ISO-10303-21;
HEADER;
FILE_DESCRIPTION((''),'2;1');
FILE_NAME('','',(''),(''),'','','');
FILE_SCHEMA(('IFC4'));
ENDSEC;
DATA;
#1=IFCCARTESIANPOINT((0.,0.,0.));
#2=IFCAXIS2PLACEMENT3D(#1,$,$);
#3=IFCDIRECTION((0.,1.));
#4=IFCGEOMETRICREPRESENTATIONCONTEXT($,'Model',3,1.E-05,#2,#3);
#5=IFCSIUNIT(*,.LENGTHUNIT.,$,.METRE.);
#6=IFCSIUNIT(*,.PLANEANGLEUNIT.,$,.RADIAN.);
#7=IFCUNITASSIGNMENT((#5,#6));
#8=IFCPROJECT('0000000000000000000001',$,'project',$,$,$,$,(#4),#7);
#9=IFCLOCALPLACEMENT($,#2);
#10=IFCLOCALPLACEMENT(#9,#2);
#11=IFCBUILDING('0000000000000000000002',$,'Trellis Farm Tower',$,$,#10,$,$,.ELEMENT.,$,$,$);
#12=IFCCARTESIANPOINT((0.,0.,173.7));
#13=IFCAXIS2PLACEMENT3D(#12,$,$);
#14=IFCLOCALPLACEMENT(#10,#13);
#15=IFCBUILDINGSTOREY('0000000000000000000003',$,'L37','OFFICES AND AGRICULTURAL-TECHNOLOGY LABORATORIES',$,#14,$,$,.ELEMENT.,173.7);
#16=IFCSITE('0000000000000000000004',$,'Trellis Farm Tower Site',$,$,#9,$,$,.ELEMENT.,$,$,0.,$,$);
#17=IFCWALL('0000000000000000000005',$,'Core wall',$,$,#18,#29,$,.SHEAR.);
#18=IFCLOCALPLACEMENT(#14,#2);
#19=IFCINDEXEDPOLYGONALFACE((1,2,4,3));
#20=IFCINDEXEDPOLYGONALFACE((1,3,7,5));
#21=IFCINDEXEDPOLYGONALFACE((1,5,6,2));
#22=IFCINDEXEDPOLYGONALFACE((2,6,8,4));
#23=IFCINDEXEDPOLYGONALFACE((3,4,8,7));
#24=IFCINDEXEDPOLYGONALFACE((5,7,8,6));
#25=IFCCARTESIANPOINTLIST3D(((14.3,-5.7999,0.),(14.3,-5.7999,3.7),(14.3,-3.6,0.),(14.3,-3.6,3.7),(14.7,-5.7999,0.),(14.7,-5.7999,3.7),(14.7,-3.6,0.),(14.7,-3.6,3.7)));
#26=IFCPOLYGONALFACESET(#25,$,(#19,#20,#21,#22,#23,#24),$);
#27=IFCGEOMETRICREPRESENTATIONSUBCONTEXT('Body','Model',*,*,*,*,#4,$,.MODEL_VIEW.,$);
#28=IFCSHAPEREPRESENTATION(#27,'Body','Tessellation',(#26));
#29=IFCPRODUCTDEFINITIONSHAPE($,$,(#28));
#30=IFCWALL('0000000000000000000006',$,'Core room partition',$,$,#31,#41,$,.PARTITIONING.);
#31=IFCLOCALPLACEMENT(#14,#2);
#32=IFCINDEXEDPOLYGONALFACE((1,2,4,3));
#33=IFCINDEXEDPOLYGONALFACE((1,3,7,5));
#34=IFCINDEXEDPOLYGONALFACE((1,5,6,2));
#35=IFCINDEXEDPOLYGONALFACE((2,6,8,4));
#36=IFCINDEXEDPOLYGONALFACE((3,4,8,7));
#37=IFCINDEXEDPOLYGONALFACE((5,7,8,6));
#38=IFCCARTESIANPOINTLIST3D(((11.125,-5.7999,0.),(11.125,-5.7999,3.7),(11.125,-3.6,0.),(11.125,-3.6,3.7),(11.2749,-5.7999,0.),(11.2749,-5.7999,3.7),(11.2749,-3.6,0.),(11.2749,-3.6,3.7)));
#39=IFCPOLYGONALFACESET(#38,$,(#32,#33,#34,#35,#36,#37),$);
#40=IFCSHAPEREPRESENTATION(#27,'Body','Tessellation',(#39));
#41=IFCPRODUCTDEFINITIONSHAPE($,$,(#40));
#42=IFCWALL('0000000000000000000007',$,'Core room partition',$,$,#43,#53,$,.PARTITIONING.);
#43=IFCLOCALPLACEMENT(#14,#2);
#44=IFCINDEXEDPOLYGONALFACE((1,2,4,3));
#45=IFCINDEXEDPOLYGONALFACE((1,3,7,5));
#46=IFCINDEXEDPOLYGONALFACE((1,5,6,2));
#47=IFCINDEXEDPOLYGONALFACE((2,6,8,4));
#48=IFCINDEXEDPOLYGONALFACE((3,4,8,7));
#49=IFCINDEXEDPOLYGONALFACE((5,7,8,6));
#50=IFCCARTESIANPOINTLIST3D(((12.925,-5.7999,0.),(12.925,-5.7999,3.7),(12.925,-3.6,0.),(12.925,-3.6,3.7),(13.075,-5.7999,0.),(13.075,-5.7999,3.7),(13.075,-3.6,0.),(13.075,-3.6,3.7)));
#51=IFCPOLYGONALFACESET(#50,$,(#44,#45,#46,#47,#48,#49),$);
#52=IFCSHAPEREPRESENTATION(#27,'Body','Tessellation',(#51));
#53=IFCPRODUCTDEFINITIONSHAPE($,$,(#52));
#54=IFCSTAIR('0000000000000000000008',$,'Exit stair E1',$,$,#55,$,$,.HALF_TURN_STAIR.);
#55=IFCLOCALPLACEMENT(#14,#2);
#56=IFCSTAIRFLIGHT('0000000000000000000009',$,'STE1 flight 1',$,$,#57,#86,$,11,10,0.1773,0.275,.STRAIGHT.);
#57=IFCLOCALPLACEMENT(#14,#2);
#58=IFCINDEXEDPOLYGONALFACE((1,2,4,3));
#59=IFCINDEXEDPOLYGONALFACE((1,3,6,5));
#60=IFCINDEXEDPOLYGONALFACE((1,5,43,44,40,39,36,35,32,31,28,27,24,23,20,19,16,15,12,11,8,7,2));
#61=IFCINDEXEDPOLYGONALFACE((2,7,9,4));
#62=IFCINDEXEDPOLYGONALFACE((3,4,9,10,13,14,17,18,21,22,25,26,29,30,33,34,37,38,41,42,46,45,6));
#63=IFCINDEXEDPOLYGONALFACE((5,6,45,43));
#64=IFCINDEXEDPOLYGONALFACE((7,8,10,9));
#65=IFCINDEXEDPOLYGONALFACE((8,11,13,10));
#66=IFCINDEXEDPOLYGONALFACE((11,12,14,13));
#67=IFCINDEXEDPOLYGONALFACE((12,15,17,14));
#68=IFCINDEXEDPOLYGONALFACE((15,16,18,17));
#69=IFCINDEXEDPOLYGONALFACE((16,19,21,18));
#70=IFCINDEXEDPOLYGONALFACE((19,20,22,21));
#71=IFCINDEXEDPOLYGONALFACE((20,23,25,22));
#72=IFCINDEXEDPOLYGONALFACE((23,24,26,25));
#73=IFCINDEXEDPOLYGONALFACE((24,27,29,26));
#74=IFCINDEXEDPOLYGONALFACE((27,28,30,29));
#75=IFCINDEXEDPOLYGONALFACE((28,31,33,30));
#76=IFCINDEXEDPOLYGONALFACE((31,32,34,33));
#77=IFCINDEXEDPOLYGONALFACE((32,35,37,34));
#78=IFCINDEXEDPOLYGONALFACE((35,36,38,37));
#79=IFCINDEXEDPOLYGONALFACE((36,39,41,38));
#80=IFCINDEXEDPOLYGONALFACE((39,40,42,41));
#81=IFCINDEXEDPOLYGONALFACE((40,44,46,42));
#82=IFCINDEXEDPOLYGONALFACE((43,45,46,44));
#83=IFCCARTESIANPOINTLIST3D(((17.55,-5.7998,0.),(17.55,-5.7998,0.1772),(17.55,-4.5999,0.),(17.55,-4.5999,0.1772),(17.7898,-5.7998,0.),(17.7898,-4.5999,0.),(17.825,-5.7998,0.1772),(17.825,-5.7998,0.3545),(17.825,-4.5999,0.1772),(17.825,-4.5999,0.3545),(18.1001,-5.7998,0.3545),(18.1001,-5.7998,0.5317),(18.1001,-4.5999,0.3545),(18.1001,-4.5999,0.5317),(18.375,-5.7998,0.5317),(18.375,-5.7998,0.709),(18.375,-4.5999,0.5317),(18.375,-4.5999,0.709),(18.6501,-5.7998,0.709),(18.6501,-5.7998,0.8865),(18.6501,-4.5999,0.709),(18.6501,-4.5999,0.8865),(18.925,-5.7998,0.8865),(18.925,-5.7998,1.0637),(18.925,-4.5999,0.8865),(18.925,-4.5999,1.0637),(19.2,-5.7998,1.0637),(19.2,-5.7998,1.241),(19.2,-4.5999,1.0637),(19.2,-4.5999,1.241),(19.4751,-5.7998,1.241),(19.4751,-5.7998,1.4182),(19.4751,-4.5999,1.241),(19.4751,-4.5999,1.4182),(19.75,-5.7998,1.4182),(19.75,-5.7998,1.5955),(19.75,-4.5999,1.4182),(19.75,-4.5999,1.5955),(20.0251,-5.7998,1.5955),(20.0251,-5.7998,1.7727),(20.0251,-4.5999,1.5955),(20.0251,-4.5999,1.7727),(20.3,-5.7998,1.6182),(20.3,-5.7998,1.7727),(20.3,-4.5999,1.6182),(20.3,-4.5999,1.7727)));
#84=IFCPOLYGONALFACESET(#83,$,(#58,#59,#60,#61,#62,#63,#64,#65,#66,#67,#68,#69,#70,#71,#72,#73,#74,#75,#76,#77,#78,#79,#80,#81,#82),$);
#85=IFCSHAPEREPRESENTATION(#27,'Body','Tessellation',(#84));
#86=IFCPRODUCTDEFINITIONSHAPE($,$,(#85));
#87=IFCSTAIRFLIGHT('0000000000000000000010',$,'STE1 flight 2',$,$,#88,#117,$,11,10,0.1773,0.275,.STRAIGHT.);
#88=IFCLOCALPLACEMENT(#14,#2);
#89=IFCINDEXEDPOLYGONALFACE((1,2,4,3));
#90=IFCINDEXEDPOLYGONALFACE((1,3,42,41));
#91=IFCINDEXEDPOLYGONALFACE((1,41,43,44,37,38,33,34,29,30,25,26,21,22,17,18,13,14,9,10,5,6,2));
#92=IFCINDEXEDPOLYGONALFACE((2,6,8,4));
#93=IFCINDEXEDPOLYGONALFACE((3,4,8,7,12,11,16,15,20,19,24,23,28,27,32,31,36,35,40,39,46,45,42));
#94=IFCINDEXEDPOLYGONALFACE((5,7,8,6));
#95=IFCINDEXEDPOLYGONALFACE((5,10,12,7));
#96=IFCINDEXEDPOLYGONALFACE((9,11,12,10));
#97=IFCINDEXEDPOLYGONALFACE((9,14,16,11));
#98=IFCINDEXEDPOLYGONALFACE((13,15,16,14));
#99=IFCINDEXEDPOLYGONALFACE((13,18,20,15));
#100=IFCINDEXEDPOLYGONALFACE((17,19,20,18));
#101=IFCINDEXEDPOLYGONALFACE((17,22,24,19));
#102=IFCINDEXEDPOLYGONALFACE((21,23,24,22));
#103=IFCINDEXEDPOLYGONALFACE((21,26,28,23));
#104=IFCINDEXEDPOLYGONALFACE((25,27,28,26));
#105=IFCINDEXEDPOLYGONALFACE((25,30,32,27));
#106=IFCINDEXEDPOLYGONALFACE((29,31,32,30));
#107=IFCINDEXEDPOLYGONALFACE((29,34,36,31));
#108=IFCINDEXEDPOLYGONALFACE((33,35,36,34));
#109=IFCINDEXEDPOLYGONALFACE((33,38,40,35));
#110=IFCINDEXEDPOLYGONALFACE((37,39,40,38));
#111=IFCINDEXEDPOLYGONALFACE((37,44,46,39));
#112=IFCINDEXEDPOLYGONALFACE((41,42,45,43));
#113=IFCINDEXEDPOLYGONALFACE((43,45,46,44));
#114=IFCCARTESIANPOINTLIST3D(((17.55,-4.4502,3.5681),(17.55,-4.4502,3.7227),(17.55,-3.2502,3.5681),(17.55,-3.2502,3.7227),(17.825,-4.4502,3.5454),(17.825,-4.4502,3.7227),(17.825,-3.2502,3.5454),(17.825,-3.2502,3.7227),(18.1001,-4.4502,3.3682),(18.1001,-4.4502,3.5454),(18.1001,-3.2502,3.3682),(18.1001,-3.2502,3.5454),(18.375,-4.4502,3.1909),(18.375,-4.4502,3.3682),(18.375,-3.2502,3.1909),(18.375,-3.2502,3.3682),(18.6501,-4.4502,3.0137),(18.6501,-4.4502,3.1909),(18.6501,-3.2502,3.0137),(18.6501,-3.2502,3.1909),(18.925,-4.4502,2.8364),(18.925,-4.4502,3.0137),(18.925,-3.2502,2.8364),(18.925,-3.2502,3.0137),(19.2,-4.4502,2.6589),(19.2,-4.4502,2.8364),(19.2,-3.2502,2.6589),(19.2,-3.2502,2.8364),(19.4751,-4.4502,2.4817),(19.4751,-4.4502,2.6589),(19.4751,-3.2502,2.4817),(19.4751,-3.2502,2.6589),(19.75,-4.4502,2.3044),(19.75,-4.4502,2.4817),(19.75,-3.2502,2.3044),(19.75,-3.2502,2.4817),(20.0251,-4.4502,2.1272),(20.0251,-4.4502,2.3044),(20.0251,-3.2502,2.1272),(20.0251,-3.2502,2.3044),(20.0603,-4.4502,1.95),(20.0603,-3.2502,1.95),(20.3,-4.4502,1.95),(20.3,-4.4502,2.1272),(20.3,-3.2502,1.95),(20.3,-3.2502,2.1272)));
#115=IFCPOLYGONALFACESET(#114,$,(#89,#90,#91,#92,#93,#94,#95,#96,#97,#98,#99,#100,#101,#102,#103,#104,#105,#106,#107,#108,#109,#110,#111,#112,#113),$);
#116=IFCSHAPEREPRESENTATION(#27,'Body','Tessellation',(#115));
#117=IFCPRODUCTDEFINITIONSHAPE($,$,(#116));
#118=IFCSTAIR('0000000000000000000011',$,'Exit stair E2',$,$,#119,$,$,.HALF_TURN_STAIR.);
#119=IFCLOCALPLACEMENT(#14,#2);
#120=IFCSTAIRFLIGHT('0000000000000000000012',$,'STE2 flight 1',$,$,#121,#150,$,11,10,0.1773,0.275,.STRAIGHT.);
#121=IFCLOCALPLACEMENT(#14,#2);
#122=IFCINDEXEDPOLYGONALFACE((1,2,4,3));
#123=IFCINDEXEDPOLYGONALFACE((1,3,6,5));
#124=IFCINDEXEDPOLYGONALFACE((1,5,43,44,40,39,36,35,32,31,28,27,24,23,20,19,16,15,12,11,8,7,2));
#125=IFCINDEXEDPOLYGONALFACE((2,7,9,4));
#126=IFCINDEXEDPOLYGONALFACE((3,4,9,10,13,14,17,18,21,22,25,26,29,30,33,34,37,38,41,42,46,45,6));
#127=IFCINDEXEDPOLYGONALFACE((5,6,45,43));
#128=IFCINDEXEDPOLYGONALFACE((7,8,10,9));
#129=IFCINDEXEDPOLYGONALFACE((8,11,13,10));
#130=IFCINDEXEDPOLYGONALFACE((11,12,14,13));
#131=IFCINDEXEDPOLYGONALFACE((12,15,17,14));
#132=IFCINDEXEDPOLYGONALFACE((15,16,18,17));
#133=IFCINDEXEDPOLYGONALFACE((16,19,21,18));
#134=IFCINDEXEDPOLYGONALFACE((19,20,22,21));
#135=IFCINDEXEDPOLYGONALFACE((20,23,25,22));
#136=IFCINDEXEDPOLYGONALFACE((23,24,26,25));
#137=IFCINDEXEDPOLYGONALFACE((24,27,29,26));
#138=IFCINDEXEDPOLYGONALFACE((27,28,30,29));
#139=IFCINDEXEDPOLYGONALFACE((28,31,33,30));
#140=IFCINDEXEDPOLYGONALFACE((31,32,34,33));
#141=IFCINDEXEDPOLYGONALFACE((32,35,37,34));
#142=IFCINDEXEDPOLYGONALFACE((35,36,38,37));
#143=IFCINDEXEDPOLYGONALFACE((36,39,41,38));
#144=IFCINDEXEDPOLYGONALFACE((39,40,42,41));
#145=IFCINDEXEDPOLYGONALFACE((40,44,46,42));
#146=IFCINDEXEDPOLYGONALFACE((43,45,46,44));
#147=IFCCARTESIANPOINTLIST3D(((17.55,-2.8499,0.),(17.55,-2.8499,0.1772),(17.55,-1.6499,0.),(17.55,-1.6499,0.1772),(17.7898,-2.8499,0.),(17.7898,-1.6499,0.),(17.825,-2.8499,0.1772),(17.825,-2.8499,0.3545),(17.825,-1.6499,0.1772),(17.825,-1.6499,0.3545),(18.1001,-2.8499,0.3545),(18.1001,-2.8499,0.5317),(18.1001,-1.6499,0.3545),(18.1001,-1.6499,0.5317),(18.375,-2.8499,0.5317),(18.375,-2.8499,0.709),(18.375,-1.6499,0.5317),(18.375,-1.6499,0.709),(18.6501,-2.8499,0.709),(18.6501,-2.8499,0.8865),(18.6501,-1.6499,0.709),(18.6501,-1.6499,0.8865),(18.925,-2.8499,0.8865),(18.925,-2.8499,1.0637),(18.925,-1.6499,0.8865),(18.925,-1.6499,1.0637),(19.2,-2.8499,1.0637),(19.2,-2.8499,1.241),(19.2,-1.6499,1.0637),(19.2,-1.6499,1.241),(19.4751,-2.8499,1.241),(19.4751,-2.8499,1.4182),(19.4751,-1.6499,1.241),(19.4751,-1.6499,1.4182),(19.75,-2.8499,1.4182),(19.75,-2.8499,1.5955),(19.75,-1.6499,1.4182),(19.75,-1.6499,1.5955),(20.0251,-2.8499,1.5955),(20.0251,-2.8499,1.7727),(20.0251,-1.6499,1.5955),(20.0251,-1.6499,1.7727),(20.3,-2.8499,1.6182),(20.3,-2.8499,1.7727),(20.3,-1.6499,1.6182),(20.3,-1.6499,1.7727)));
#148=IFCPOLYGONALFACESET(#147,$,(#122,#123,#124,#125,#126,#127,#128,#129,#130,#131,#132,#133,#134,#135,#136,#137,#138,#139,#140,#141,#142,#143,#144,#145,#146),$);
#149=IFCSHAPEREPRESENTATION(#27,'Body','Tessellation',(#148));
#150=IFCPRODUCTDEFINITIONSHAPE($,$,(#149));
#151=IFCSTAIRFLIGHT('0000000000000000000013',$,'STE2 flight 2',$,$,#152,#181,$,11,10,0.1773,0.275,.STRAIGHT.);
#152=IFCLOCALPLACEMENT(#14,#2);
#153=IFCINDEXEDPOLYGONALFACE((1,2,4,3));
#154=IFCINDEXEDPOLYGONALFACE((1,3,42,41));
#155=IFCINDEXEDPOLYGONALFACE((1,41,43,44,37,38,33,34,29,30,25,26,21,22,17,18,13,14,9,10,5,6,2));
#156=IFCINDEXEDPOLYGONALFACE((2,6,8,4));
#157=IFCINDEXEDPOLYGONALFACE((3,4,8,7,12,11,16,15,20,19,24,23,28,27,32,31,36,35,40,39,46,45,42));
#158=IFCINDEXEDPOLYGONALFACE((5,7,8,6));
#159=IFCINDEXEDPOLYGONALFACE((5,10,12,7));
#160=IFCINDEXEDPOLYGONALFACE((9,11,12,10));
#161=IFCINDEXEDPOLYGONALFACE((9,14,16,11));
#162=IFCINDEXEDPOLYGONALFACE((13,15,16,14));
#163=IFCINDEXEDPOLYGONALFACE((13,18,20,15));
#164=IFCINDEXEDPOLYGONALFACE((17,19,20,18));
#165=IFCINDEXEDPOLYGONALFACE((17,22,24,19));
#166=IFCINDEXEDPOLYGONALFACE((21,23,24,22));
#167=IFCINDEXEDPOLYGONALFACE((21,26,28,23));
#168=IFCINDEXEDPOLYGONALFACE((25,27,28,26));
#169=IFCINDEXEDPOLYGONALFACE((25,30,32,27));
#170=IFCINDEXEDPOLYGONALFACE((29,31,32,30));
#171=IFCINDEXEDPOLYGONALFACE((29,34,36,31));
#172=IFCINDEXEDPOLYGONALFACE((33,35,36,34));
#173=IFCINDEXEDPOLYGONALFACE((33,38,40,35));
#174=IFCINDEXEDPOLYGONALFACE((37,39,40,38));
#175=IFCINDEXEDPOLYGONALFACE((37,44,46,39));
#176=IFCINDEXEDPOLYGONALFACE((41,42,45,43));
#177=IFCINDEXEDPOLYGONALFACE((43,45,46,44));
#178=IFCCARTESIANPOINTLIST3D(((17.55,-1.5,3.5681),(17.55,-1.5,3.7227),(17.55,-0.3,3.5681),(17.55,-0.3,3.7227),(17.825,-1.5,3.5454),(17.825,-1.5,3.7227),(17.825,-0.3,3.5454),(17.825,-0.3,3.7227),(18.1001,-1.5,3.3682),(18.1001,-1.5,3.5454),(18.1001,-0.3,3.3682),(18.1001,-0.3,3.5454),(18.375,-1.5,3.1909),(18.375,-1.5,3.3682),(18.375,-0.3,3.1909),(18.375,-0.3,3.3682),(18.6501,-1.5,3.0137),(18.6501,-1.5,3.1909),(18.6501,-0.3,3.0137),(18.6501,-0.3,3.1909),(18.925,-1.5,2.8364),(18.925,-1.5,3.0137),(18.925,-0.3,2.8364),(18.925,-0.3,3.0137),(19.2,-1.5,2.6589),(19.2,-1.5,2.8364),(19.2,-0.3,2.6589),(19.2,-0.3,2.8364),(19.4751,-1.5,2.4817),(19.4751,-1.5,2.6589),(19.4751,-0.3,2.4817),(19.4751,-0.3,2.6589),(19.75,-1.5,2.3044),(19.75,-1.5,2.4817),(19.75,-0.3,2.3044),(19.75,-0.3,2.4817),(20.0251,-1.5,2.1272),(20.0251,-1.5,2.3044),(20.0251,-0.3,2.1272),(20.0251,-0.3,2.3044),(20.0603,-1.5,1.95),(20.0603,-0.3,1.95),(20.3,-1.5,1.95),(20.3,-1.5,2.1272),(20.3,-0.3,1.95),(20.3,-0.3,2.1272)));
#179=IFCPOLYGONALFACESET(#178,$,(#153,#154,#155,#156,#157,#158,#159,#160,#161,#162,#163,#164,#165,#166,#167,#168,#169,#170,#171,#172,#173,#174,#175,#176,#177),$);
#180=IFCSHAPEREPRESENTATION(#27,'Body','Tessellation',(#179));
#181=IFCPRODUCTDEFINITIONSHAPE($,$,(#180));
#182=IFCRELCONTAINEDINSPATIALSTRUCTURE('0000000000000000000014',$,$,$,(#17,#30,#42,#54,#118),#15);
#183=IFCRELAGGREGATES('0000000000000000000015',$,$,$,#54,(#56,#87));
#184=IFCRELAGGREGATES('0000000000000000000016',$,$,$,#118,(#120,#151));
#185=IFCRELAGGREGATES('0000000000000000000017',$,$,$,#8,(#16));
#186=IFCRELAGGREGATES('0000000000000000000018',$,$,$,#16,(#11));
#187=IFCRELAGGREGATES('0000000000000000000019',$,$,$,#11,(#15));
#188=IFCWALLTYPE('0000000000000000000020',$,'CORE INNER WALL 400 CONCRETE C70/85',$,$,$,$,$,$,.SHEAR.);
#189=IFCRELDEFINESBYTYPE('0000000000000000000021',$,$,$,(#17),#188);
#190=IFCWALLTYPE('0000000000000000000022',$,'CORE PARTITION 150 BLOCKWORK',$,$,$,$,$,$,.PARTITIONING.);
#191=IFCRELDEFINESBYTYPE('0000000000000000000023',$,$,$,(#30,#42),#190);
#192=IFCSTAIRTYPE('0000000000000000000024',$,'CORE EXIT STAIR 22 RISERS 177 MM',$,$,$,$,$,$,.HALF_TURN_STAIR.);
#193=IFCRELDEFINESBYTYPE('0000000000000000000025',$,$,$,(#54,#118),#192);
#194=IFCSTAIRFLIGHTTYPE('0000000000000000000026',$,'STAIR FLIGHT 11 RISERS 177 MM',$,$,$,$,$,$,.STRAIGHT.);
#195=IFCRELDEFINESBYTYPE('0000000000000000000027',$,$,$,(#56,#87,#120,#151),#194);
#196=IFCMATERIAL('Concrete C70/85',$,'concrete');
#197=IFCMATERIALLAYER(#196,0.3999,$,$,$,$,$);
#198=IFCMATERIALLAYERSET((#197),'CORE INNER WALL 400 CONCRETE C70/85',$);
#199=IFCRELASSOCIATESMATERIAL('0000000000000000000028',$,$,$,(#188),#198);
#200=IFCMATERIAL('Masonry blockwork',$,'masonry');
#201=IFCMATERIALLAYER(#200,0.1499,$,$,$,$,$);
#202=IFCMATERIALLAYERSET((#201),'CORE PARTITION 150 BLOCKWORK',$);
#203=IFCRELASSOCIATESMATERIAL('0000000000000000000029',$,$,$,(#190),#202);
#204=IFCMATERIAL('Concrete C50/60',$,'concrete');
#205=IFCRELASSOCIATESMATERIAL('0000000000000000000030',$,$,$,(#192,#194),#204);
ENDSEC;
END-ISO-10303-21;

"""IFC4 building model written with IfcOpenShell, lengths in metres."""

from ifc_helpers import new_model, si_unit, direction, frame, frame_2d, origin, place, context, subcontext, project, spatial, polyline, rectangle, outline, extrude, source, transform, mapped, material, layer, layer_set, type_object, element, aggregate, save


model = new_model("IFC4")

# Units and contexts
model_context = context("Model", 3, precision=1e-05, world=origin(), true_north=direction((0.0, 1.0)))
body_context = subcontext(model_context, "Body", "Model", "MODEL_VIEW")
ifc_project = project(units=[si_unit("LENGTHUNIT", "METRE"), si_unit("PLANEANGLEUNIT", "RADIAN")], contexts=[model_context])

# Site, building, storey
site_placement = place(None, origin())
site = spatial("IfcSite", under=ifc_project, at=site_placement, Name="Trellis Farm Tower Site", CompositionType="ELEMENT", RefElevation=0.0)
building_placement = place(site_placement, origin())
building = spatial("IfcBuilding", under=site, at=building_placement, Name="Trellis Farm Tower", CompositionType="ELEMENT")
storey_placement = place(building_placement, frame((0.0, 0.0, 173.7)))
storey = spatial("IfcBuildingStorey", under=building, at=storey_placement, Name="L37", Description="OFFICES AND AGRICULTURAL-TECHNOLOGY LABORATORIES", CompositionType="ELEMENT", Elevation=173.7)

# Shared definitions
ifc_material_1 = material(Name="Concrete C70/85", Category="concrete")

# Shared definitions
placement = place(storey_placement, origin())

# Shared definitions
ifc_layer_1 = layer(ifc_material_1, 0.3999)
ifc_layer_set_1 = layer_set([ifc_layer_1], Name="CORE INNER WALL 400 CONCRETE C70/85")
wall_type_1 = type_object("IfcWallType", Name="CORE INNER WALL 400 CONCRETE C70/85", PredefinedType="SHEAR", material=ifc_layer_set_1)

# Walls
shared_shape_1 = source(origin(), body_context, "Body", "SweptSolid", [
    extrude(rectangle(XDim=2.2, YDim=0.3999, at=frame_2d((1.1001, 0.0))), origin(), (0.0, 0.0, 1.0), 3.7),
])
wall_1_placement = place(storey_placement, frame((14.5, -5.8, 0.0), z_axis=(0.0, 0.0, 1.0), x_axis=(0.0, 1.0, 0.0)))
element("IfcWall", 1, at=wall_1_placement, inside=storey, type_object=wall_type_1, Name="Core wall", PredefinedType="SHEAR", context=body_context, shape_type="MappedRepresentation", body=[
    mapped(shared_shape_1, transform((0.0, 0.0, 0.0))),
])
ifc_material_2 = material(Name="Masonry blockwork", Category="masonry")
ifc_layer_2 = layer(ifc_material_2, 0.1499)
ifc_layer_set_2 = layer_set([ifc_layer_2], Name="CORE PARTITION 150 BLOCKWORK")
wall_type_2 = type_object("IfcWallType", Name="CORE PARTITION 150 BLOCKWORK", PredefinedType="PARTITIONING", material=ifc_layer_set_2)
shared_shape_2 = source(origin(), body_context, "Body", "SweptSolid", [
    extrude(rectangle(XDim=2.2, YDim=0.1499, at=frame_2d((1.1001, 0.0))), origin(), (0.0, 0.0, 1.0), 3.7),
])
for number, where, z_axis, x_axis, name in (
    (2, (11.2, -5.8, 0.0), (0.0, 0.0, 1.0), (0.0, 1.0, 0.0), "Core room partition"),
    (3, (13.0, -5.8, 0.0), (0.0, 0.0, 1.0), (0.0, 1.0, 0.0), "Core room partition"),
):
    element("IfcWall", number, at=place(storey_placement, frame(where, z_axis=z_axis, x_axis=x_axis)), inside=storey, type_object=wall_type_2, Name=name, PredefinedType="PARTITIONING", context=body_context, shape_type="MappedRepresentation", body=[
        mapped(shared_shape_2, transform((0.0, 0.0, 0.0))),
    ])

# Stairs, stair flights
ifc_material_3 = material(Name="Concrete C50/60", Category="concrete")
stair_type = type_object("IfcStairType", Name="CORE EXIT STAIR 22 RISERS 177 MM", PredefinedType="HALF_TURN_STAIR", material=ifc_material_3)
stair_1 = element("IfcStair", 4, at=placement, inside=storey, type_object=stair_type, Name="Exit stair E1", PredefinedType="HALF_TURN_STAIR")
stair_flight_type = type_object("IfcStairFlightType", Name="STAIR FLIGHT 11 RISERS 177 MM", PredefinedType="STRAIGHT", material=ifc_material_3)
shared_shape_3 = source(origin(), body_context, "Body", "SweptSolid", [
    extrude(outline(polyline([(0.0, 0.0), (0.0, 0.1772), (0.2749, 0.1772), (0.2749, 0.3545), (0.55, 0.3545), (0.55, 0.5317), (0.825, 0.5317), (0.825, 0.709), (1.1001, 0.709), (1.1001, 0.8865), (1.375, 0.8865), (1.375, 1.0637), (1.6499, 1.0637), (1.6499, 1.241), (1.925, 1.241), (1.925, 1.4182), (2.2, 1.4182), (2.2, 1.5955), (2.4751, 1.5955), (2.4751, 1.7727), (2.75, 1.7727), (2.75, 1.95), (2.75, 1.6182), (0.2397, 0.0), (0.0, 0.0)])), frame((0.0, 0.6001, 0.0), z_axis=(0.0, -1.0, 0.0), x_axis=(1.0, 0.0, 0.0)), (0.0, 0.0, 1.0), 1.2),
])
stair_flight_1_placement = place(storey_placement, frame((17.55, -5.2, 0.0), z_axis=(0.0, 0.0, 1.0), x_axis=(1.0, 0.0, 0.0)))
stair_flight_1 = element("IfcStairFlight", 5, at=stair_flight_1_placement, type_object=stair_flight_type, Name="STE1 flight 1", NumberOfRisers=11, NumberOfTreads=10, PredefinedType="STRAIGHT", RiserHeight=0.1773, TreadLength=0.275, context=body_context, shape_type="MappedRepresentation", body=[
    mapped(shared_shape_3, transform((0.0, 0.0, 0.0))),
])
stair_flight_2_placement = place(storey_placement, frame((20.3, -3.8501, 1.95), z_axis=(0.0, 0.0, 1.0), x_axis=(-1.0, 0.0, 0.0)))
stair_flight_2 = element("IfcStairFlight", 6, at=stair_flight_2_placement, type_object=stair_flight_type, Name="STE1 flight 2", NumberOfRisers=11, NumberOfTreads=10, PredefinedType="STRAIGHT", RiserHeight=0.1773, TreadLength=0.275, context=body_context, shape_type="MappedRepresentation", body=[
    mapped(shared_shape_3, transform((0.0, 0.0, 0.0))),
])
aggregate(stair_1, [stair_flight_1, stair_flight_2])
stair_2 = element("IfcStair", 7, at=placement, inside=storey, type_object=stair_type, Name="Exit stair E2", PredefinedType="HALF_TURN_STAIR")
stair_flight_3_placement = place(storey_placement, frame((17.55, -2.25, 0.0), z_axis=(0.0, 0.0, 1.0), x_axis=(1.0, 0.0, 0.0)))
stair_flight_3 = element("IfcStairFlight", 8, at=stair_flight_3_placement, type_object=stair_flight_type, Name="STE2 flight 1", NumberOfRisers=11, NumberOfTreads=10, PredefinedType="STRAIGHT", RiserHeight=0.1773, TreadLength=0.275, context=body_context, shape_type="MappedRepresentation", body=[
    mapped(shared_shape_3, transform((0.0, 0.0, 0.0))),
])
stair_flight_4_placement = place(storey_placement, frame((20.3, -0.8999, 1.95), z_axis=(0.0, 0.0, 1.0), x_axis=(-1.0, 0.0, 0.0)))
stair_flight_4 = element("IfcStairFlight", 9, at=stair_flight_4_placement, type_object=stair_flight_type, Name="STE2 flight 2", NumberOfRisers=11, NumberOfTreads=10, PredefinedType="STRAIGHT", RiserHeight=0.1773, TreadLength=0.275, context=body_context, shape_type="MappedRepresentation", body=[
    mapped(shared_shape_3, transform((0.0, 0.0, 0.0))),
])
aggregate(stair_2, [stair_flight_3, stair_flight_4])

save(model, "model.ifc")
